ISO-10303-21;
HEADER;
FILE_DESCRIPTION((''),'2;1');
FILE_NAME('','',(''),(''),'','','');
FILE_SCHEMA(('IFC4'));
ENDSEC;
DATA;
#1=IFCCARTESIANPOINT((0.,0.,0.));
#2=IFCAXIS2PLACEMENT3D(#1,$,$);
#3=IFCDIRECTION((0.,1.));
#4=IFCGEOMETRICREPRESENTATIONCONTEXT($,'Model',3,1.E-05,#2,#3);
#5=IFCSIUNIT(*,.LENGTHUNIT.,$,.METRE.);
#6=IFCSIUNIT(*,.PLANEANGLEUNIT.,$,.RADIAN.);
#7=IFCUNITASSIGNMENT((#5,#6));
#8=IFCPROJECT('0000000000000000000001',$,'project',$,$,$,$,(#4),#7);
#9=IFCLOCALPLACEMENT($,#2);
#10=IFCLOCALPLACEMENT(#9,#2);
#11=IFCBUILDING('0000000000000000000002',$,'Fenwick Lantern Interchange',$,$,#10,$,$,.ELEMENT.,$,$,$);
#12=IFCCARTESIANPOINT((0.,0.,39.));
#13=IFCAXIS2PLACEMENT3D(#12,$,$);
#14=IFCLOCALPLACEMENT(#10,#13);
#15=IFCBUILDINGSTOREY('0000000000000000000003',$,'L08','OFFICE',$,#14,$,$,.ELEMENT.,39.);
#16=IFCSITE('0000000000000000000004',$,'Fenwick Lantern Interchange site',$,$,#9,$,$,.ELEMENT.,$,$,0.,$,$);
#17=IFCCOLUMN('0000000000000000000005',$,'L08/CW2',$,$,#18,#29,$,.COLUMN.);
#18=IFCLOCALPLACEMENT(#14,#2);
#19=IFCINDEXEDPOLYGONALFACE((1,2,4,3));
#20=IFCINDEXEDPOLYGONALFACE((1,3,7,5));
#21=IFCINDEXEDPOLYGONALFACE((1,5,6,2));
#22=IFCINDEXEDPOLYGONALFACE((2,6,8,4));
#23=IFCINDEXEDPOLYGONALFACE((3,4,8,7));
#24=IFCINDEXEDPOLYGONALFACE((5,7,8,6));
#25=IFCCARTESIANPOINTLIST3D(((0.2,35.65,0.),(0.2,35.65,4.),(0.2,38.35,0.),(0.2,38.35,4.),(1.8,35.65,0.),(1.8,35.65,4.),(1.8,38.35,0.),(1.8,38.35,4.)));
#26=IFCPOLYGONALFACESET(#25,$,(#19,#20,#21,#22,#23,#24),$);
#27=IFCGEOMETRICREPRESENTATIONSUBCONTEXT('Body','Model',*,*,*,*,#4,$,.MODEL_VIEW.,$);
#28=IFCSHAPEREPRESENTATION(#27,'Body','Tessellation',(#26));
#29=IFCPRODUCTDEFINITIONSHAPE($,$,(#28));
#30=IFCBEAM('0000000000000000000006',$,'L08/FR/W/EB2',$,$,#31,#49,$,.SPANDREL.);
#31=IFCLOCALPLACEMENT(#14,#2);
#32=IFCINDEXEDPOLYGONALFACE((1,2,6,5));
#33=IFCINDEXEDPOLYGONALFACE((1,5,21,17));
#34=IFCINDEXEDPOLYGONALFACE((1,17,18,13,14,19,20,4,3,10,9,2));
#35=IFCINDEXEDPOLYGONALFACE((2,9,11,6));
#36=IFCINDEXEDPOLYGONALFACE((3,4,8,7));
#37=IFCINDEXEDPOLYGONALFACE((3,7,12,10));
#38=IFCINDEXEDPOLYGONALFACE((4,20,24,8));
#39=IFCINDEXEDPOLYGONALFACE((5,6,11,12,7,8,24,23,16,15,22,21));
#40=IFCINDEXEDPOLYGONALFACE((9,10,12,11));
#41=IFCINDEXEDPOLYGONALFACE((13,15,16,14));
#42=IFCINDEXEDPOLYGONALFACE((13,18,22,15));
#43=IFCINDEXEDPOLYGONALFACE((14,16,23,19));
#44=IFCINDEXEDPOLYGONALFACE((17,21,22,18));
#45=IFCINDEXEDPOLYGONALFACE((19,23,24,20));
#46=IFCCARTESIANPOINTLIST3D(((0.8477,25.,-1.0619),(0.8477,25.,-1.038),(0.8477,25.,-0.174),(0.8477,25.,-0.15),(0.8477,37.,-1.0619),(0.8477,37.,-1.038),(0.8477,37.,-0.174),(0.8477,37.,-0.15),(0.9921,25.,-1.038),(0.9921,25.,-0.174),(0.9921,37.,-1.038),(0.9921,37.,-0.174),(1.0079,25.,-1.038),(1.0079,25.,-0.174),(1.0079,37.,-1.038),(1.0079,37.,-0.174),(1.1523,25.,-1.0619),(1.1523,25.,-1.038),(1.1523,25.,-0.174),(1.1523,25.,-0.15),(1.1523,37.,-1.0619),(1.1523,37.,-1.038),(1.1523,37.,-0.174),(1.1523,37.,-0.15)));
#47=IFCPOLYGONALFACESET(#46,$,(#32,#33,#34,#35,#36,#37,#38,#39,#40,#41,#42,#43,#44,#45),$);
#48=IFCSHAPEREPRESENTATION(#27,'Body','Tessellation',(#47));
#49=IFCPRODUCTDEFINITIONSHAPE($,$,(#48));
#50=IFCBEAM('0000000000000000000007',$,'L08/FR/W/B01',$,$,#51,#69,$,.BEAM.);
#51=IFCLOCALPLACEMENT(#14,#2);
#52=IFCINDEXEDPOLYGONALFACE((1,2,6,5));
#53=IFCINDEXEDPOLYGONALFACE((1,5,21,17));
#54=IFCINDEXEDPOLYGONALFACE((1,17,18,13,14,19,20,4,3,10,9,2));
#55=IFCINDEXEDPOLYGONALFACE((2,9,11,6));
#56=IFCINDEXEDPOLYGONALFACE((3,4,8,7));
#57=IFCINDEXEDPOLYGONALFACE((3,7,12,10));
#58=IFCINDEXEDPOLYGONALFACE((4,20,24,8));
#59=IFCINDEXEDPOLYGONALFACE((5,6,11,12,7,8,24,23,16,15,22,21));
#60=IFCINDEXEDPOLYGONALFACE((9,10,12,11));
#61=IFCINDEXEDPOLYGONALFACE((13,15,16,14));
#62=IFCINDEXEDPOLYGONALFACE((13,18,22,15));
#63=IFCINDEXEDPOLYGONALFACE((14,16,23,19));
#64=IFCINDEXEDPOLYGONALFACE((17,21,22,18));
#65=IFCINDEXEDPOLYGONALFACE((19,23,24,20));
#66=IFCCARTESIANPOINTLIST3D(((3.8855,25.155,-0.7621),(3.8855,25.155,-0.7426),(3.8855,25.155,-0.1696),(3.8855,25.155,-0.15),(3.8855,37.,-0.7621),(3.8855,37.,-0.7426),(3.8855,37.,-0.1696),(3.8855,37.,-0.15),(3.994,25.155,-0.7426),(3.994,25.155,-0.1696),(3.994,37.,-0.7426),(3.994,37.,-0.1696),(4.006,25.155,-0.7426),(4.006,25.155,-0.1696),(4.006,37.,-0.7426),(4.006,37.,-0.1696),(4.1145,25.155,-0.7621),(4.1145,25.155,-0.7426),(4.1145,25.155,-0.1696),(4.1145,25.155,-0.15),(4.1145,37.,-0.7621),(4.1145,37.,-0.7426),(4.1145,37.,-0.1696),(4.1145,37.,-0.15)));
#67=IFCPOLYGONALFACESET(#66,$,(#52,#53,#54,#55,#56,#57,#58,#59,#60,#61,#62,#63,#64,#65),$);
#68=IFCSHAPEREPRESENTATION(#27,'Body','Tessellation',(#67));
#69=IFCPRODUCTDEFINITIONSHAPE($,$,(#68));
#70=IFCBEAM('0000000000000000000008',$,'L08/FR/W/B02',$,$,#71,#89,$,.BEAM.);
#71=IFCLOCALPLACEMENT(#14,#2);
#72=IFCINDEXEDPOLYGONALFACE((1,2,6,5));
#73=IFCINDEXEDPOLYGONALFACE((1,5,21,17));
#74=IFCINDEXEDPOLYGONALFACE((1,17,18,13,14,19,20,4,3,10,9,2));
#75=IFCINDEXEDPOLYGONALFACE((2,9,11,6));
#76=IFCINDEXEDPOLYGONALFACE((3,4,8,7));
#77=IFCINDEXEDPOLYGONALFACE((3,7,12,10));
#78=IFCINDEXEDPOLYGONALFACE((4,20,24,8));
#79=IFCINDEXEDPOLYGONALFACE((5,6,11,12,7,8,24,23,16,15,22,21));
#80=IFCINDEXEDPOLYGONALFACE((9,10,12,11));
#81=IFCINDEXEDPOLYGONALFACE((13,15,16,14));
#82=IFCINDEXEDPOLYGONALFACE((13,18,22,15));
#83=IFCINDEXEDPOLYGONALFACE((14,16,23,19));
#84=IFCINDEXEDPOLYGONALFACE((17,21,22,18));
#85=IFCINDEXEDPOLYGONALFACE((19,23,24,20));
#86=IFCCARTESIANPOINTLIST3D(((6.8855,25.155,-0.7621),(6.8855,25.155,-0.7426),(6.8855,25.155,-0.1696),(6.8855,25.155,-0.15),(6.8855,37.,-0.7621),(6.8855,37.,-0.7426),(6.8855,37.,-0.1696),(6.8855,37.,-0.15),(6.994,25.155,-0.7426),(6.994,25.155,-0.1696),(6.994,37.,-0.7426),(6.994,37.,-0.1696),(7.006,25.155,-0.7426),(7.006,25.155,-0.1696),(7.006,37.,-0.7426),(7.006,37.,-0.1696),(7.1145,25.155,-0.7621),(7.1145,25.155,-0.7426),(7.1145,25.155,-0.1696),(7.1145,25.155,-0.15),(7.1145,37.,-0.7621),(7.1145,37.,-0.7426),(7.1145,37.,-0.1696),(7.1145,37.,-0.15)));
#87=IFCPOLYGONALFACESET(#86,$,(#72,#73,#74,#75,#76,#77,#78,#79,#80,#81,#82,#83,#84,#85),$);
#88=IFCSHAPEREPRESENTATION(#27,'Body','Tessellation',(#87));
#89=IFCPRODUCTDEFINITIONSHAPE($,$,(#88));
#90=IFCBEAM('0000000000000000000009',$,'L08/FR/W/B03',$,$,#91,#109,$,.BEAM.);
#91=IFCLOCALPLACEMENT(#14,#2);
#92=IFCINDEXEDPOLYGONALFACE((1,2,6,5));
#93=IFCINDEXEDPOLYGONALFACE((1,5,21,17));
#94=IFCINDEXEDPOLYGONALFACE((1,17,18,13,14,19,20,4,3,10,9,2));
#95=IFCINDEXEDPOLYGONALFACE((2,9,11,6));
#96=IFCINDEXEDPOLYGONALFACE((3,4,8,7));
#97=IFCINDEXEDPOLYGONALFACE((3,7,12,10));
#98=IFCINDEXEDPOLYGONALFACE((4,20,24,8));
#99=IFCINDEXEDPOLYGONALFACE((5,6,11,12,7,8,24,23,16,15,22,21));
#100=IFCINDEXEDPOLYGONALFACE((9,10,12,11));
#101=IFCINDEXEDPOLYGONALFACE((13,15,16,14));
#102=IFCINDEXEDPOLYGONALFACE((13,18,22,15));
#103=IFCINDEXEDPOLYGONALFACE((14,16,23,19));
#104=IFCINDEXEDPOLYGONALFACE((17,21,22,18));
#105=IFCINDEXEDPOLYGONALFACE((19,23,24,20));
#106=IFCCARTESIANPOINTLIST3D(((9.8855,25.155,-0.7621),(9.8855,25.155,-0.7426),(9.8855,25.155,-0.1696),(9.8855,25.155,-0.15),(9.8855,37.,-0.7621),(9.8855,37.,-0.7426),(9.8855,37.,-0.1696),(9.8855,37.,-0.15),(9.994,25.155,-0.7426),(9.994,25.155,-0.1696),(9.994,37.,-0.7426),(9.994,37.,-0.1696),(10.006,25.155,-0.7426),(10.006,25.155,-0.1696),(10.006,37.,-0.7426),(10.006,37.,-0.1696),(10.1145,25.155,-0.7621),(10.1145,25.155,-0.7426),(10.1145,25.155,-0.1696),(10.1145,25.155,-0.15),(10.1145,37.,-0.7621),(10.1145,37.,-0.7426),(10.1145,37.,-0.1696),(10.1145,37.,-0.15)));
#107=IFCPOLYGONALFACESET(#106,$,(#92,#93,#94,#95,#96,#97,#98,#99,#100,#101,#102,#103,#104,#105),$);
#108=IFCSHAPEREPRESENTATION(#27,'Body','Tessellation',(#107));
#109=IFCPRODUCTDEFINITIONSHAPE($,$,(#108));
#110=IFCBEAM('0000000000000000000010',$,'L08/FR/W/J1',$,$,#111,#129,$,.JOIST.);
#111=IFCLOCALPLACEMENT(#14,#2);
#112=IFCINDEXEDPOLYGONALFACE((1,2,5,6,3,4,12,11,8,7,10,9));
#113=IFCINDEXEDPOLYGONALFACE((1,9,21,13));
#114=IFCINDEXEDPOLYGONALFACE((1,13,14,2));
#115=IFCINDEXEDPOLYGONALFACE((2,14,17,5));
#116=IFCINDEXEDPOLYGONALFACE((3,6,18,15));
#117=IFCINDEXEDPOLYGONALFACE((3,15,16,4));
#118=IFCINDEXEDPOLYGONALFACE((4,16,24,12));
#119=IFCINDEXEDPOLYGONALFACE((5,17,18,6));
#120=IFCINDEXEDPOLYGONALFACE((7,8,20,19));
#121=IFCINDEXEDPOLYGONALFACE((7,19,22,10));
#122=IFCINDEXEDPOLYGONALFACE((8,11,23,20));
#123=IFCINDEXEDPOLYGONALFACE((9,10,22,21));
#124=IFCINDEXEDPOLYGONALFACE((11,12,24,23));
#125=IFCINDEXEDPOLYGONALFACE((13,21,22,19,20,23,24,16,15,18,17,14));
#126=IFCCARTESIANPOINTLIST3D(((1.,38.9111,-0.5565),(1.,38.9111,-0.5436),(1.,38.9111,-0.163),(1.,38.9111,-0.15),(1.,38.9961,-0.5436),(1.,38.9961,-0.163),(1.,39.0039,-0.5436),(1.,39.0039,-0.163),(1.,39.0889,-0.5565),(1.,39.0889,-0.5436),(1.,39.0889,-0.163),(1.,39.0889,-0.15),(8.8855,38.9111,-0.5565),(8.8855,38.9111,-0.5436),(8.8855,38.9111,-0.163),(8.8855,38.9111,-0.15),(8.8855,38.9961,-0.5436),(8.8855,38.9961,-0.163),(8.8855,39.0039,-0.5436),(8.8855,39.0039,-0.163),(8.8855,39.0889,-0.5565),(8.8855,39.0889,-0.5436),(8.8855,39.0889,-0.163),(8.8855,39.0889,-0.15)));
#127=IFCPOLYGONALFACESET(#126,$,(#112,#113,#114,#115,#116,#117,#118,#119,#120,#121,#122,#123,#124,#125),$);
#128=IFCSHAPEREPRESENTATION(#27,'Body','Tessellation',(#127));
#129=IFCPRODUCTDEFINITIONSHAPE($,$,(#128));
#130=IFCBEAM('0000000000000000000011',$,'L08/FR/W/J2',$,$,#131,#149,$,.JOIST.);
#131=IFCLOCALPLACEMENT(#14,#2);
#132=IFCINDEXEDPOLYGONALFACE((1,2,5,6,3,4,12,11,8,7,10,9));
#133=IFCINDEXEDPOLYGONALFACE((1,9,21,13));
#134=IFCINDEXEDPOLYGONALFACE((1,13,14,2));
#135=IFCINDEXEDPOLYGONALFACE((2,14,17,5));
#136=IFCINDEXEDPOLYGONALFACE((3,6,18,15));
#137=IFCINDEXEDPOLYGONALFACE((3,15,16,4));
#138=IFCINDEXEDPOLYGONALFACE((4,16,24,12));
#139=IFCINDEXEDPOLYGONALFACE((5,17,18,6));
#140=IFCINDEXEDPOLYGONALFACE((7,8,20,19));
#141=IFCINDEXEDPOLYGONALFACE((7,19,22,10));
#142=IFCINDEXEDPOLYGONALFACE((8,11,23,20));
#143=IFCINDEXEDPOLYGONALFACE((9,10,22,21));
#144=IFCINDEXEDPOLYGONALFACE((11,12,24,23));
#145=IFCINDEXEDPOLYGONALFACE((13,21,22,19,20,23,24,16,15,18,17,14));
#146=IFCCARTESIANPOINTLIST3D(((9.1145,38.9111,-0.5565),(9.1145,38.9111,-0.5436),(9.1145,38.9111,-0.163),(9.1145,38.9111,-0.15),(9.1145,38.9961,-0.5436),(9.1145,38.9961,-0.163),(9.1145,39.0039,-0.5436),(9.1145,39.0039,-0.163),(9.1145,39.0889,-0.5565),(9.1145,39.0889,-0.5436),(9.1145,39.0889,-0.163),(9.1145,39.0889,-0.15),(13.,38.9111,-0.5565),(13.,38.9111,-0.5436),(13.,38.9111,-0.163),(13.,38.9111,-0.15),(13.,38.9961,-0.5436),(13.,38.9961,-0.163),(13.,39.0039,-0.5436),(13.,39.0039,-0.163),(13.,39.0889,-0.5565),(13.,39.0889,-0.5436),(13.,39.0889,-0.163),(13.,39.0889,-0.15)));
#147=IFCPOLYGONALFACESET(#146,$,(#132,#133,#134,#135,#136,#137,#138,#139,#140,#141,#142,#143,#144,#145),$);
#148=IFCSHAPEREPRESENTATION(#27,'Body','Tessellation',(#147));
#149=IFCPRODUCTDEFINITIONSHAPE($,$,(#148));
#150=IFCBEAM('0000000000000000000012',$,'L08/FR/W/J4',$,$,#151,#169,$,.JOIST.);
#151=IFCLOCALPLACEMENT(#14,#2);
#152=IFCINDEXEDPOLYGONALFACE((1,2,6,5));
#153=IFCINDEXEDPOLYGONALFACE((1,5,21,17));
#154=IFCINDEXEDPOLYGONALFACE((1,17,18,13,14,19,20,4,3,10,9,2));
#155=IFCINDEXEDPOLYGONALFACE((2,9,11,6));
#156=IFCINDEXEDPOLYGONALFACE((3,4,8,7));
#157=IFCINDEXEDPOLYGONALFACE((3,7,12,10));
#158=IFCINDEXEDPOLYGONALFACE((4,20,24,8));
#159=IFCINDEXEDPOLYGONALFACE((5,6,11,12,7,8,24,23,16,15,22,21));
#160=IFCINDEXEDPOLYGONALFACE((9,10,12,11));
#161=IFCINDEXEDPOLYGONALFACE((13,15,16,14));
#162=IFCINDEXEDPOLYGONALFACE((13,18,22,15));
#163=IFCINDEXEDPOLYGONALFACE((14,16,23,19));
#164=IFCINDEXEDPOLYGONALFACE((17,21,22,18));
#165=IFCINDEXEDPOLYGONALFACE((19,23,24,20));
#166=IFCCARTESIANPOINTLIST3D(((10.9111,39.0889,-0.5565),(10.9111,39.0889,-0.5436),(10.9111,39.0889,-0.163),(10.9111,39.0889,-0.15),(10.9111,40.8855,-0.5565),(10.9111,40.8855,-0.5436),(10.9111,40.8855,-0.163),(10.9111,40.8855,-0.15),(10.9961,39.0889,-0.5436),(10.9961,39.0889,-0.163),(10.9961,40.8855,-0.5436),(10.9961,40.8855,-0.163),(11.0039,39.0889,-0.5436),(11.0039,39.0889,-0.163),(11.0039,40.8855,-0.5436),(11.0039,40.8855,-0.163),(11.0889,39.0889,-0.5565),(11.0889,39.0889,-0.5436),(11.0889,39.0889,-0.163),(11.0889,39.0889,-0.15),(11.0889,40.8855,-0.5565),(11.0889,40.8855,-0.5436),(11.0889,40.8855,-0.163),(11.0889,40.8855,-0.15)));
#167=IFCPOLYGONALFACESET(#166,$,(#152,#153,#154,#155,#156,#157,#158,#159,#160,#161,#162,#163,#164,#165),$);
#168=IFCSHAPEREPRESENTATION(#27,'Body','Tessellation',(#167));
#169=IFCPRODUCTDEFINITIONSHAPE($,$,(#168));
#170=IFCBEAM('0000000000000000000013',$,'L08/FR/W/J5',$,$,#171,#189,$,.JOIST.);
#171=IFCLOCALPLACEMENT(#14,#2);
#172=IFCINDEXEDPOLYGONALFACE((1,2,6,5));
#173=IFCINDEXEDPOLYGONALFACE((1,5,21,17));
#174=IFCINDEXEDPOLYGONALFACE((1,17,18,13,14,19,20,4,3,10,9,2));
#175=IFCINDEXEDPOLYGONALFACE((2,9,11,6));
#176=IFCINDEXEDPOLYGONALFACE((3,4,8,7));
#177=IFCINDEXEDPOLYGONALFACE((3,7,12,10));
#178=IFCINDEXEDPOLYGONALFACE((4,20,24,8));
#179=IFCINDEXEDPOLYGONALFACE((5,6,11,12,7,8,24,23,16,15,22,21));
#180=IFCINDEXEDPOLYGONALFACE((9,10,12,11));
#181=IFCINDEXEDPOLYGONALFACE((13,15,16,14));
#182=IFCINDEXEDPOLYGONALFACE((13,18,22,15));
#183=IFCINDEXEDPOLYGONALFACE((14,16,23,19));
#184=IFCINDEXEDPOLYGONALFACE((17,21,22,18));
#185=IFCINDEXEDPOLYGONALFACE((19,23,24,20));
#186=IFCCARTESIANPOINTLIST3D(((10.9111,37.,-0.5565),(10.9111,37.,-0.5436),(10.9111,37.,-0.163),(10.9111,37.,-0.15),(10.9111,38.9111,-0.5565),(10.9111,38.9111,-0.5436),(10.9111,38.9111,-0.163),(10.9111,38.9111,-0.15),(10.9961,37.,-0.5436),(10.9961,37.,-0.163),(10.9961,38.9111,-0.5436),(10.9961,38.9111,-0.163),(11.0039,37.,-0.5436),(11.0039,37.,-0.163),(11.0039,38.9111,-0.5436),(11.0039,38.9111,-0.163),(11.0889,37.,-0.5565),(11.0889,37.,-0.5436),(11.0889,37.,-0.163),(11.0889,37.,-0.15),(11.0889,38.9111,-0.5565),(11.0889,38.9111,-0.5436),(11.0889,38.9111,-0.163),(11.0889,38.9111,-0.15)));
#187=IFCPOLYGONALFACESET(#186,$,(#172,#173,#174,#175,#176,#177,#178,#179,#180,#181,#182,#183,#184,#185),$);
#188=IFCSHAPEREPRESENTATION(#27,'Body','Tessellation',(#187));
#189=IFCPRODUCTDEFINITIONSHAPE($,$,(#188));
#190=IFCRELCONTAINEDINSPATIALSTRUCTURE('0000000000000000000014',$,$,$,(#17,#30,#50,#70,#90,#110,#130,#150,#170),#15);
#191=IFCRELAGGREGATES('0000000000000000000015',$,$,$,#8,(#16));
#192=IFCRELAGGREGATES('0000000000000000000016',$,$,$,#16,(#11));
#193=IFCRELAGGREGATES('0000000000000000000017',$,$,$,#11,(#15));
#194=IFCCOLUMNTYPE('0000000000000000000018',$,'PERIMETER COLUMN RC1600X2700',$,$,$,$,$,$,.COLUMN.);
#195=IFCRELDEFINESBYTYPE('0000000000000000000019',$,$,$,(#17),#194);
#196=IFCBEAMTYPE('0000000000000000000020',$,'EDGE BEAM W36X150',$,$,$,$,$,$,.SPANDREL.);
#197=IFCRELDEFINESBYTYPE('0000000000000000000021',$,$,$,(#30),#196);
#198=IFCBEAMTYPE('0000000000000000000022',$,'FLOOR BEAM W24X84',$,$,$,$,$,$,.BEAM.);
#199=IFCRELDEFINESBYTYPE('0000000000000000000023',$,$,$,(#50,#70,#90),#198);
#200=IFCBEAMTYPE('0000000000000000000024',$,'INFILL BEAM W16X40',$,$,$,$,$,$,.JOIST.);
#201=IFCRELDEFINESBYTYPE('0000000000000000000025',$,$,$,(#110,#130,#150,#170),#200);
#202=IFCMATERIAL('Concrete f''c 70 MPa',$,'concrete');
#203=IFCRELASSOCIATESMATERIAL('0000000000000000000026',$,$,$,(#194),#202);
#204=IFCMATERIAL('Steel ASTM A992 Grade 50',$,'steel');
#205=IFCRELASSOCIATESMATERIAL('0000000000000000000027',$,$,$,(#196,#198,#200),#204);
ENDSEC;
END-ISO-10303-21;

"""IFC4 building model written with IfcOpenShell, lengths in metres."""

from ifc_helpers import new_model, si_unit, direction, frame, origin, origin_2d, place, context, subcontext, project, spatial, rectangle, i_section, extrude, material, material_profile, profile_set, type_object, element, save


model = new_model("IFC4")

# Units and contexts
model_context = context("Model", 3, precision=1e-05, world=origin(), true_north=direction((0.0, 1.0)))
body_context = subcontext(model_context, "Body", "Model", "MODEL_VIEW")
ifc_project = project(units=[si_unit("LENGTHUNIT", "METRE"), si_unit("PLANEANGLEUNIT", "RADIAN")], contexts=[model_context])

# Site, building, storey
site_placement = place(None, origin())
site = spatial("IfcSite", under=ifc_project, at=site_placement, Name="Fenwick Lantern Interchange site", CompositionType="ELEMENT", RefElevation=0.0)
building_placement = place(site_placement, origin())
building = spatial("IfcBuilding", under=site, at=building_placement, Name="Fenwick Lantern Interchange", CompositionType="ELEMENT")
storey_placement = place(building_placement, frame((0.0, 0.0, 39.0)))
storey = spatial("IfcBuildingStorey", under=building, at=storey_placement, Name="L08", Description="OFFICE", CompositionType="ELEMENT", Elevation=39.0)

# Column
ifc_material_1 = material(Name="Concrete f'c 70 MPa", Category="concrete")
ifc_material_profile_1 = material_profile(ifc_material_1, rectangle(XDim=1.6001, YDim=2.7, at=origin_2d()), Name="RC1600X2700")
ifc_profile_set_1 = profile_set([ifc_material_profile_1], Name="Concrete f'c 70 MPa")
column_type = type_object("IfcColumnType", Name="PERIMETER COLUMN RC1600X2700", PredefinedType="COLUMN", material=ifc_profile_set_1)
column_placement = place(storey_placement, frame((1.0, 37.0, 0.0), z_axis=(0.0, 0.0, 1.0), x_axis=(1.0, 0.0, 0.0)))
element("IfcColumn", 1, at=column_placement, inside=storey, type_object=column_type, Name="L08/CW2", PredefinedType="COLUMN", context=body_context, shape_type="SweptSolid", body=[
    extrude(rectangle(XDim=1.6001, YDim=2.7, at=origin_2d()), origin(), (0.0, 0.0, 1.0), 4.0),
])

# Beams
ifc_material_2 = material(Name="Steel ASTM A992 Grade 50", Category="steel")
ifc_material_profile_2 = material_profile(ifc_material_2, i_section(OverallWidth=0.3047, OverallDepth=0.9119, WebThickness=0.0159, FlangeThickness=0.0239, at=origin_2d()), Name="W36X150")
ifc_profile_set_2 = profile_set([ifc_material_profile_2], Name="Steel ASTM A992 Grade 50")
beam_type_1 = type_object("IfcBeamType", Name="EDGE BEAM W36X150", PredefinedType="SPANDREL", material=ifc_profile_set_2)
beam_1_placement = place(storey_placement, frame((1.0, 37.0, -0.606), z_axis=(0.0, -1.0, 0.0), x_axis=(1.0, 0.0, 0.0)))
element("IfcBeam", 2, at=beam_1_placement, inside=storey, type_object=beam_type_1, Name="L08/FR/W/EB2", PredefinedType="SPANDREL", context=body_context, shape_type="SweptSolid", body=[
    extrude(i_section(OverallWidth=0.3047, OverallDepth=0.9119, WebThickness=0.0159, FlangeThickness=0.0239, at=origin_2d()), origin(), (0.0, 0.0, 1.0), 12.0),
])
ifc_material_profile_3 = material_profile(ifc_material_2, i_section(OverallWidth=0.229, OverallDepth=0.6121, WebThickness=0.012, FlangeThickness=0.0195, at=origin_2d()), Name="W24X84")
ifc_profile_set_3 = profile_set([ifc_material_profile_3], Name="Steel ASTM A992 Grade 50")
beam_type_2 = type_object("IfcBeamType", Name="FLOOR BEAM W24X84", PredefinedType="BEAM", material=ifc_profile_set_3)
for number, where, z_axis, x_axis, name in (
    (3, (4.0, 37.0, -0.4561), (0.0, -1.0, 0.0), (1.0, 0.0, 0.0), "L08/FR/W/B01"),
    (4, (7.0, 37.0, -0.4561), (0.0, -1.0, 0.0), (1.0, 0.0, 0.0), "L08/FR/W/B02"),
    (5, (10.0, 37.0, -0.4561), (0.0, -1.0, 0.0), (1.0, 0.0, 0.0), "L08/FR/W/B03"),
):
    element("IfcBeam", number, at=place(storey_placement, frame(where, z_axis=z_axis, x_axis=x_axis)), inside=storey, type_object=beam_type_2, Name=name, PredefinedType="BEAM", context=body_context, shape_type="SweptSolid", body=[
        extrude(i_section(OverallWidth=0.229, OverallDepth=0.6121, WebThickness=0.012, FlangeThickness=0.0195, at=origin_2d()), origin(), (0.0, 0.0, 1.0), 11.845),
    ])
ifc_material_profile_4 = material_profile(ifc_material_2, i_section(OverallWidth=0.1777, OverallDepth=0.4065, WebThickness=0.0078, FlangeThickness=0.0129, at=origin_2d()), Name="W16X40")
ifc_profile_set_4 = profile_set([ifc_material_profile_4], Name="Steel ASTM A992 Grade 50")
beam_type_3 = type_object("IfcBeamType", Name="INFILL BEAM W16X40", PredefinedType="JOIST", material=ifc_profile_set_4)
beam_2_placement = place(storey_placement, frame((1.0, 39.0, -0.3533), z_axis=(1.0, 0.0, 0.0), x_axis=(0.0, 1.0, 0.0)))
element("IfcBeam", 6, at=beam_2_placement, inside=storey, type_object=beam_type_3, Name="L08/FR/W/J1", PredefinedType="JOIST", context=body_context, shape_type="SweptSolid", body=[
    extrude(i_section(OverallWidth=0.1777, OverallDepth=0.4065, WebThickness=0.0078, FlangeThickness=0.0129, at=origin_2d()), origin(), (0.0, 0.0, 1.0), 7.8855),
])
beam_3_placement = place(storey_placement, frame((9.1145, 39.0, -0.3533), z_axis=(1.0, 0.0, 0.0), x_axis=(0.0, 1.0, 0.0)))
element("IfcBeam", 7, at=beam_3_placement, inside=storey, type_object=beam_type_3, Name="L08/FR/W/J2", PredefinedType="JOIST", context=body_context, shape_type="SweptSolid", body=[
    extrude(i_section(OverallWidth=0.1777, OverallDepth=0.4065, WebThickness=0.0078, FlangeThickness=0.0129, at=origin_2d()), origin(), (0.0, 0.0, 1.0), 3.8855),
])
beam_4_placement = place(storey_placement, frame((11.0, 40.8855, -0.3533), z_axis=(0.0, -1.0, 0.0), x_axis=(1.0, 0.0, 0.0)))
element("IfcBeam", 8, at=beam_4_placement, inside=storey, type_object=beam_type_3, Name="L08/FR/W/J4", PredefinedType="JOIST", context=body_context, shape_type="SweptSolid", body=[
    extrude(i_section(OverallWidth=0.1777, OverallDepth=0.4065, WebThickness=0.0078, FlangeThickness=0.0129, at=origin_2d()), origin(), (0.0, 0.0, 1.0), 1.7966),
])
beam_5_placement = place(storey_placement, frame((11.0, 38.9111, -0.3533), z_axis=(0.0, -1.0, 0.0), x_axis=(1.0, 0.0, 0.0)))
element("IfcBeam", 9, at=beam_5_placement, inside=storey, type_object=beam_type_3, Name="L08/FR/W/J5", PredefinedType="JOIST", context=body_context, shape_type="SweptSolid", body=[
    extrude(i_section(OverallWidth=0.1777, OverallDepth=0.4065, WebThickness=0.0078, FlangeThickness=0.0129, at=origin_2d()), origin(), (0.0, 0.0, 1.0), 1.9111),
])

save(model, "model.ifc")
